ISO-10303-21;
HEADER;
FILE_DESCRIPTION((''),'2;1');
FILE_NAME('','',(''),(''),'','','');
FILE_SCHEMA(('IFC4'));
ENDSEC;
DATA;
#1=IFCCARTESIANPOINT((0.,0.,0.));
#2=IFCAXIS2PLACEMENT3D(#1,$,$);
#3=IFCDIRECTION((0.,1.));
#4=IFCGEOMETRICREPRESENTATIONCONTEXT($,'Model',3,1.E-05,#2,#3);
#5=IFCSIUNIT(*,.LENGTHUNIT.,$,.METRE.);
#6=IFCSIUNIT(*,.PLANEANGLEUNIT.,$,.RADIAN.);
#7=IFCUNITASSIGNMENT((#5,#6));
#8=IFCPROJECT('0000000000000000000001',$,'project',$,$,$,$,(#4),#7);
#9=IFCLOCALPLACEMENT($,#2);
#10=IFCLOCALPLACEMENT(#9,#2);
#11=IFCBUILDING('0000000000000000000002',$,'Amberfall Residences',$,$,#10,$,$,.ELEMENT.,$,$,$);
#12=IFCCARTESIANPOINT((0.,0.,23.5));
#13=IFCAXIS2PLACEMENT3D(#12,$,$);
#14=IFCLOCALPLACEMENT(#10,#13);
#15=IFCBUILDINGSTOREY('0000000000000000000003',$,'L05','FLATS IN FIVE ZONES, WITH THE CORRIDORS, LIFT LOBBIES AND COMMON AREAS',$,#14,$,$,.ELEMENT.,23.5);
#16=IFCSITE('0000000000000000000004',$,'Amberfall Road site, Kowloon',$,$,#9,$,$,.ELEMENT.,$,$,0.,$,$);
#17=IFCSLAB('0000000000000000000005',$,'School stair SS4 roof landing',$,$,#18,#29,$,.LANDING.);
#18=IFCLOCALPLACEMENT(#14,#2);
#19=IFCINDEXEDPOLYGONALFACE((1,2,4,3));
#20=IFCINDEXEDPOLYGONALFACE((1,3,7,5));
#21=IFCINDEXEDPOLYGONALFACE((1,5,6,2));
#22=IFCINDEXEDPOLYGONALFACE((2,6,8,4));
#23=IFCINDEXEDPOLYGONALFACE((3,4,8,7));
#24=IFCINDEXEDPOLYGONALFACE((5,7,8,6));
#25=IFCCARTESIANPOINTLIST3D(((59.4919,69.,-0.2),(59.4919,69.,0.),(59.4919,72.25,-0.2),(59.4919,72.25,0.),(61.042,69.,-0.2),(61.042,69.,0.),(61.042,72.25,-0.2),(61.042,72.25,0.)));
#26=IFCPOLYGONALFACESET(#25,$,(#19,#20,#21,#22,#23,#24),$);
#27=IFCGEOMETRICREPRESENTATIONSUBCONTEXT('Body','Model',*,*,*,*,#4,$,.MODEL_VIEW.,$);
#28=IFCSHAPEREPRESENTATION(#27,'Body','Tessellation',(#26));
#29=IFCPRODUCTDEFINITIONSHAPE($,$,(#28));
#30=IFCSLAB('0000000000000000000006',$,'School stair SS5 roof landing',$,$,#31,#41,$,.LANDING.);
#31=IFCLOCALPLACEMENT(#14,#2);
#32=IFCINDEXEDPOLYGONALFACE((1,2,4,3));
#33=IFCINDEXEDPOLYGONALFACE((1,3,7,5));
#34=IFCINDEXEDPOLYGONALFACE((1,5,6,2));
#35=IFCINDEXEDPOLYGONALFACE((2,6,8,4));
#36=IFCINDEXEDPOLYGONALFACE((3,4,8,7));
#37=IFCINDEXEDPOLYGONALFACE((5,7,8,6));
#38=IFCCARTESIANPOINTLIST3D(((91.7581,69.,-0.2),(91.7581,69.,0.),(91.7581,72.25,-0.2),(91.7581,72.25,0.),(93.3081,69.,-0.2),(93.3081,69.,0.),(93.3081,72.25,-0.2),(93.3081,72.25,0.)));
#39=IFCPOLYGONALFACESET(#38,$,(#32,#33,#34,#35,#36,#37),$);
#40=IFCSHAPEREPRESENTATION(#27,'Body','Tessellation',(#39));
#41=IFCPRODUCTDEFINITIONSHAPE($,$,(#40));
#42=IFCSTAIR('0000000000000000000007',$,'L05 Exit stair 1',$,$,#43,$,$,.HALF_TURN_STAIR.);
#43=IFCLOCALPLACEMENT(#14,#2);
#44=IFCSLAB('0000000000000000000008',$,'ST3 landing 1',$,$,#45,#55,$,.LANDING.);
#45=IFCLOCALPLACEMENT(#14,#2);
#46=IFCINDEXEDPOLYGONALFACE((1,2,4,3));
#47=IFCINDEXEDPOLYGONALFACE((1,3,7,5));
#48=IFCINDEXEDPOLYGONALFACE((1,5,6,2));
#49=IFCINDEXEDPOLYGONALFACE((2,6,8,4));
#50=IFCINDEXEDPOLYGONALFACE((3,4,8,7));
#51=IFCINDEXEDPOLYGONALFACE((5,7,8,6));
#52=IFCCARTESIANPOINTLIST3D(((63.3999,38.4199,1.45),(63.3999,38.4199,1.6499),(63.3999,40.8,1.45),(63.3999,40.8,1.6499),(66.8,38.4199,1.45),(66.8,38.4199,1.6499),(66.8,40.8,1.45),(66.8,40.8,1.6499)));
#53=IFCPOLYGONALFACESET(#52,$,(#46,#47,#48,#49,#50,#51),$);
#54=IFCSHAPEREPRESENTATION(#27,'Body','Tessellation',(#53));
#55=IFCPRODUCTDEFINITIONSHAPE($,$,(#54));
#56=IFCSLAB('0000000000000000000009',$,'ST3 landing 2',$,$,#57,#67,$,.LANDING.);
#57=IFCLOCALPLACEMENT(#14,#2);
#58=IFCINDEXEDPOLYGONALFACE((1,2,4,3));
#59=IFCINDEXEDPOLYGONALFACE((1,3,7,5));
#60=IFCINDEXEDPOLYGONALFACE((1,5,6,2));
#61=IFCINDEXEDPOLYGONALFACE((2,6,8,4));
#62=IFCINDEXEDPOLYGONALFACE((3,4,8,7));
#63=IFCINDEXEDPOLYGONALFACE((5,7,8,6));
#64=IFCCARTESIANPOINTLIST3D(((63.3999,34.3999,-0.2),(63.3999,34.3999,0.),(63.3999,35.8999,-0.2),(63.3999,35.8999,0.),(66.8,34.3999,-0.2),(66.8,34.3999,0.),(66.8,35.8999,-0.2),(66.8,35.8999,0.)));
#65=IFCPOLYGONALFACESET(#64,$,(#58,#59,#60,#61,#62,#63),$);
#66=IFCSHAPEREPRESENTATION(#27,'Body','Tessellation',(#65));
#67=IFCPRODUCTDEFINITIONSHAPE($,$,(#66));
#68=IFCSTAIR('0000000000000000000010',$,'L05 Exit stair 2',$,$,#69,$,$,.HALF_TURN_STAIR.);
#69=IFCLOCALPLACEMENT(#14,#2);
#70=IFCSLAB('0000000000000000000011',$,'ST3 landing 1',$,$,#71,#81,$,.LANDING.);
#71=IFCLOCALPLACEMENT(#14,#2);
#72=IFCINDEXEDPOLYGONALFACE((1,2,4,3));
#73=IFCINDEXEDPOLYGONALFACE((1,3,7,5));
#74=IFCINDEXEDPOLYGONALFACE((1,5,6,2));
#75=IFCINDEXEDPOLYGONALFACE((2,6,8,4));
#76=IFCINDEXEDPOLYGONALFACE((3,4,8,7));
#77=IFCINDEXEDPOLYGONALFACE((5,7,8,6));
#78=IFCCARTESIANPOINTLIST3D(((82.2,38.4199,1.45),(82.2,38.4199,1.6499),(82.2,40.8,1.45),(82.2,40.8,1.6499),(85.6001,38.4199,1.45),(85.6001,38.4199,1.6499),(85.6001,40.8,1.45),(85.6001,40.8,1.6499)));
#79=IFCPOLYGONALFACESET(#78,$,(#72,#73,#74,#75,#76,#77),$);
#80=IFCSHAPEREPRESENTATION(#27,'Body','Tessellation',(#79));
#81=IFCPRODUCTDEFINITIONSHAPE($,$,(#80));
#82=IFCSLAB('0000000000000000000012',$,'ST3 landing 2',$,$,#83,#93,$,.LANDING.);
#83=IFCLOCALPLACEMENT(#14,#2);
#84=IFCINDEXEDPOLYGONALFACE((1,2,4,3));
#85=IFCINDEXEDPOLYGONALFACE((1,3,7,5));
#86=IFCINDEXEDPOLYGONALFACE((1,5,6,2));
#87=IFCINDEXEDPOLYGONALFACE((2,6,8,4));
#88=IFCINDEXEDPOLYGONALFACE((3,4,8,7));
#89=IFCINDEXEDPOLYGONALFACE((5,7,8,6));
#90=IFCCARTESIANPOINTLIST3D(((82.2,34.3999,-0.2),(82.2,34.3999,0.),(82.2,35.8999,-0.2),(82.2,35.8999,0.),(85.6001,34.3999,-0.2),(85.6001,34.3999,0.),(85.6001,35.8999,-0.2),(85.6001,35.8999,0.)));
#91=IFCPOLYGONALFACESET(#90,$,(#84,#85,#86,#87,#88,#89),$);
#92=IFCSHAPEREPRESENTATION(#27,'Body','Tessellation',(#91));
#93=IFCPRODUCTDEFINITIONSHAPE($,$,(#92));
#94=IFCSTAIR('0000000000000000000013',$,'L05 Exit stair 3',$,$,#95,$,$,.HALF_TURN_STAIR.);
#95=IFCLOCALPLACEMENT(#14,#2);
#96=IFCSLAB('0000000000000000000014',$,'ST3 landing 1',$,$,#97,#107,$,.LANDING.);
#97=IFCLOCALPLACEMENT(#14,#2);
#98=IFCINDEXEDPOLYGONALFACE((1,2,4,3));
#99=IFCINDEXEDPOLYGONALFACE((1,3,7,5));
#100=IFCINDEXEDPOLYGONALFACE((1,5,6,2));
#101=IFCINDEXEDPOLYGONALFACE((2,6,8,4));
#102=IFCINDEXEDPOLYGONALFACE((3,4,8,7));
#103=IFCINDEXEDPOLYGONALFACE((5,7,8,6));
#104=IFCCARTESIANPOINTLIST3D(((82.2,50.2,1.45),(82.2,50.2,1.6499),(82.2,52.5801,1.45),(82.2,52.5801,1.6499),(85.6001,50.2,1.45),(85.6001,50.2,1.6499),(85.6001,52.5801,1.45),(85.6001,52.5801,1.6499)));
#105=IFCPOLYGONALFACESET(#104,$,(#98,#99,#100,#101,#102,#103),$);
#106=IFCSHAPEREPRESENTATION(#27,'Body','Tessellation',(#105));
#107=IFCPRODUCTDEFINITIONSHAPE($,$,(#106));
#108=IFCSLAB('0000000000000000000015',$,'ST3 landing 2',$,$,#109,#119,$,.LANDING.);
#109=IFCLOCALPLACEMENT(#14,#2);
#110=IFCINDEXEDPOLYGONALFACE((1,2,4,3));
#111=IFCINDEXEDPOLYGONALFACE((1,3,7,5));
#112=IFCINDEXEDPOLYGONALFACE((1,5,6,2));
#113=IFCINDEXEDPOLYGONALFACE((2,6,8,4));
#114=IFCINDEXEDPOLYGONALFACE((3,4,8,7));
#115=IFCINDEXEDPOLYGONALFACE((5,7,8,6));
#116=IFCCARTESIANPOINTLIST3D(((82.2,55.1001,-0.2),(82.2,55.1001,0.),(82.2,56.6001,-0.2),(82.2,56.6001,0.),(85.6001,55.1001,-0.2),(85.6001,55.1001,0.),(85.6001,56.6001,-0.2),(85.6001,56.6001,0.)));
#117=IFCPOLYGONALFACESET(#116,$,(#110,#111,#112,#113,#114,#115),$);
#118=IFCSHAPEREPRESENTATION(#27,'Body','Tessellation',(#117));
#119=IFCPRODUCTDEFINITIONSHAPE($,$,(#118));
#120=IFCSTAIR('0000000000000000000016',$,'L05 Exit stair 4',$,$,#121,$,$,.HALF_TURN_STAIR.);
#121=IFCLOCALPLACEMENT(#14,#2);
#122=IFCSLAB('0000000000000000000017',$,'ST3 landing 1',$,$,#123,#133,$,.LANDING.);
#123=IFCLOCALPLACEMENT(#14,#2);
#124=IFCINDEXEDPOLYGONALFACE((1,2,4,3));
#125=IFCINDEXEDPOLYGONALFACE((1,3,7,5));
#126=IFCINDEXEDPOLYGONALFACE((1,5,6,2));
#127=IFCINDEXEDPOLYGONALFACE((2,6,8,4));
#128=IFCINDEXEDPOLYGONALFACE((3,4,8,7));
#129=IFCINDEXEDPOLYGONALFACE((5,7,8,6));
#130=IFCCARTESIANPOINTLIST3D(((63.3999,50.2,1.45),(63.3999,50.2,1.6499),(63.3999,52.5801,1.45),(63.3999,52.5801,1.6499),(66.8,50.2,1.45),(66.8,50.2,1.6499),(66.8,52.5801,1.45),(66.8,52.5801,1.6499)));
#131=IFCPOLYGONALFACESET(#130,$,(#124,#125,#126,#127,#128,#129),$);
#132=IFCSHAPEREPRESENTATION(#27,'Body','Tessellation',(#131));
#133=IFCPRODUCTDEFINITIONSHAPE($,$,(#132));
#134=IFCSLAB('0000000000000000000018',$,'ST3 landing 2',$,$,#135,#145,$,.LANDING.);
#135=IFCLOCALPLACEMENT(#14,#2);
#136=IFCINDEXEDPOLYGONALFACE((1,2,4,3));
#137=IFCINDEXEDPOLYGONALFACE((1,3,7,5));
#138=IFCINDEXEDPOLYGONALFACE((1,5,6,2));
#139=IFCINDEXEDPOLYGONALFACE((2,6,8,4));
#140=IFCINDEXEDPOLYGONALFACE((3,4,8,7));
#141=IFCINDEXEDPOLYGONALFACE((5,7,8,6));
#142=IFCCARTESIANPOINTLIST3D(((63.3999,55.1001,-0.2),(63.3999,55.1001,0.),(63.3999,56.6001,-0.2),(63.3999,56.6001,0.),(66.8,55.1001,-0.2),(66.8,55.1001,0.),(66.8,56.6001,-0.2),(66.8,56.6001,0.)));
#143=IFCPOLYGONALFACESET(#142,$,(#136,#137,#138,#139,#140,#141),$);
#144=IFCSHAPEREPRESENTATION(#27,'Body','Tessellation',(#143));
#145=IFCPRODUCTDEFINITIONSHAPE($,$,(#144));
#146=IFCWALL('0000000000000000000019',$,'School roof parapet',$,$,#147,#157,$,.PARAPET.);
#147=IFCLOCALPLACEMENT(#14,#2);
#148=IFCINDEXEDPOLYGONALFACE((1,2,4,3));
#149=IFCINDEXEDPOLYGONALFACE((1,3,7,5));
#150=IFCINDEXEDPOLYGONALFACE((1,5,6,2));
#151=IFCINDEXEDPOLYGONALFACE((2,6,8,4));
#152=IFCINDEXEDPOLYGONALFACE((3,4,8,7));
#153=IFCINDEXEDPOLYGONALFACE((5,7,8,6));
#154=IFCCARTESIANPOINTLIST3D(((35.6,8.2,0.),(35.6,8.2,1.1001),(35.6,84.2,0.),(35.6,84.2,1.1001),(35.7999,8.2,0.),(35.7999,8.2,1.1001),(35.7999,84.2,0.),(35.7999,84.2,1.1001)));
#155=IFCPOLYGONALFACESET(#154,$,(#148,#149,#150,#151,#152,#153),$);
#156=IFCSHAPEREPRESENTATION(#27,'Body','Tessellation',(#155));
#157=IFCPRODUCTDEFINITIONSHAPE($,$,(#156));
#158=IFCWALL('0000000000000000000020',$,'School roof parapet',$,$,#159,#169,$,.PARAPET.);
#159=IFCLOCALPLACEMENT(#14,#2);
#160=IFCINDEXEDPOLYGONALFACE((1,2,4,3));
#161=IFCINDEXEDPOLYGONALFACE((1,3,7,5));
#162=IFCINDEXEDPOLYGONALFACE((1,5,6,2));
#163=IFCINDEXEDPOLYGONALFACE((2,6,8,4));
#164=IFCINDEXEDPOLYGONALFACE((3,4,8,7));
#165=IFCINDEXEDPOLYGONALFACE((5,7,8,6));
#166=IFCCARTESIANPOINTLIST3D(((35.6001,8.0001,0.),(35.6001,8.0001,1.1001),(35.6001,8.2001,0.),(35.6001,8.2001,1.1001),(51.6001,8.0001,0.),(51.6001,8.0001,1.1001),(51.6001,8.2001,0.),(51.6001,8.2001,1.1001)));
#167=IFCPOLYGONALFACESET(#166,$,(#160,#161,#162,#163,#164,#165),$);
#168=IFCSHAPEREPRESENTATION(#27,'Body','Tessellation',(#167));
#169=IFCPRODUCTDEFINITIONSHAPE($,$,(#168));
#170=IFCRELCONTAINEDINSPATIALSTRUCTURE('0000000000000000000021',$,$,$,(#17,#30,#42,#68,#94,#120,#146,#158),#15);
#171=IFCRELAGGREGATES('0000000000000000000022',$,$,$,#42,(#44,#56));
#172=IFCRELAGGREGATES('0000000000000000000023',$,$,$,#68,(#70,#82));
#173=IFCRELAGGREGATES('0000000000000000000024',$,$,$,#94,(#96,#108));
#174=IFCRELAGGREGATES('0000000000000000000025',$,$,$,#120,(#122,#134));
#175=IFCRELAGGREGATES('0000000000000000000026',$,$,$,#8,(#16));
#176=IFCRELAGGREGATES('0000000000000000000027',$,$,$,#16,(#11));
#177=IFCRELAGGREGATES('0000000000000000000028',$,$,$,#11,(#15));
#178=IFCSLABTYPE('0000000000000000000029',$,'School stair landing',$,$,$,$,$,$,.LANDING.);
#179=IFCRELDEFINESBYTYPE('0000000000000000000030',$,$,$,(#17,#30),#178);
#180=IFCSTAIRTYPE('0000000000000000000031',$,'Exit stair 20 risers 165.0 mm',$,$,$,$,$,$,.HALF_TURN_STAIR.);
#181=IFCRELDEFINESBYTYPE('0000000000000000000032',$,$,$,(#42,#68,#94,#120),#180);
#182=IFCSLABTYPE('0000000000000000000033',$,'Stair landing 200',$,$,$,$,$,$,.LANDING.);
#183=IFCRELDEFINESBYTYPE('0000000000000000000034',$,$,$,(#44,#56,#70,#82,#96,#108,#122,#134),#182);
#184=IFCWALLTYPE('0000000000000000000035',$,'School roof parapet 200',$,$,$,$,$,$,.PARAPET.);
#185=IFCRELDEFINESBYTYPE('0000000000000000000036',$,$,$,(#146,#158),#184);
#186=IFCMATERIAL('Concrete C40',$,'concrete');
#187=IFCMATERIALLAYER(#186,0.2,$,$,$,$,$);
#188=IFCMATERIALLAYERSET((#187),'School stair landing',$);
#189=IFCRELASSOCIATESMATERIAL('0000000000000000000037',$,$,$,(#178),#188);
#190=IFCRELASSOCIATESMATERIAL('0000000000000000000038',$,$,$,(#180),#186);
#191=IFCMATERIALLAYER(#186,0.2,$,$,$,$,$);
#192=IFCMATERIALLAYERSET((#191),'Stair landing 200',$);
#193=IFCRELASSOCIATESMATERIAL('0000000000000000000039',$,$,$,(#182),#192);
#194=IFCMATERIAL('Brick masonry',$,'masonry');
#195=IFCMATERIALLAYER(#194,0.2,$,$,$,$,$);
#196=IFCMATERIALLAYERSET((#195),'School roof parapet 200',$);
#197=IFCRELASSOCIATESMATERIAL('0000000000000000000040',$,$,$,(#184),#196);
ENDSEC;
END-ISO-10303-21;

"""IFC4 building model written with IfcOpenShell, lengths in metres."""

from ifc_helpers import new_model, si_unit, direction, frame, frame_2d, origin, place, context, subcontext, project, spatial, polyline, rectangle, outline, extrude, material, layer, layer_set, type_object, element, aggregate, save


model = new_model("IFC4")

# Units and contexts
model_context = context("Model", 3, precision=1e-05, world=origin(), true_north=direction((0.0, 1.0)))
body_context = subcontext(model_context, "Body", "Model", "MODEL_VIEW")
ifc_project = project(units=[si_unit("LENGTHUNIT", "METRE"), si_unit("PLANEANGLEUNIT", "RADIAN")], contexts=[model_context])

# Site, building, storey
site_placement = place(None, origin())
site = spatial("IfcSite", under=ifc_project, at=site_placement, Name="Amberfall Road site, Kowloon", CompositionType="ELEMENT", RefElevation=0.0)
building_placement = place(site_placement, origin())
building = spatial("IfcBuilding", under=site, at=building_placement, Name="Amberfall Residences", CompositionType="ELEMENT")
storey_placement = place(building_placement, frame((0.0, 0.0, 23.5)))
storey = spatial("IfcBuildingStorey", under=building, at=storey_placement, Name="L05", Description="FLATS IN FIVE ZONES, WITH THE CORRIDORS, LIFT LOBBIES AND COMMON AREAS", CompositionType="ELEMENT", Elevation=23.5)

# Slabs
ifc_material_1 = material(Name="Concrete C40", Category="concrete")
ifc_layer_1 = layer(ifc_material_1, 0.2)
ifc_layer_set_1 = layer_set([ifc_layer_1], Name="School stair landing")
slab_type_1 = type_object("IfcSlabType", Name="School stair landing", PredefinedType="LANDING", material=ifc_layer_set_1)
slab_1_placement = place(storey_placement, frame((0.0, 0.0, -0.2)))
element("IfcSlab", 1, at=slab_1_placement, inside=storey, type_object=slab_type_1, Name="School stair SS4 roof landing", PredefinedType="LANDING", context=body_context, shape_type="SweptSolid", body=[
    extrude(outline(polyline([(59.4919, 69.0), (61.042, 69.0), (61.042, 72.25), (59.4919, 72.25), (59.4919, 69.0)])), origin(), (0.0, 0.0, 1.0), 0.2),
])
slab_2_placement = place(storey_placement, frame((0.0, 0.0, -0.2)))
element("IfcSlab", 2, at=slab_2_placement, inside=storey, type_object=slab_type_1, Name="School stair SS5 roof landing", PredefinedType="LANDING", context=body_context, shape_type="SweptSolid", body=[
    extrude(outline(polyline([(91.7581, 69.0), (93.3081, 69.0), (93.3081, 72.25), (91.7581, 72.25), (91.7581, 69.0)])), origin(), (0.0, 0.0, 1.0), 0.2),
])

# Stairs, slabs
stair_type = type_object("IfcStairType", Name="Exit stair 20 risers 165.0 mm", PredefinedType="HALF_TURN_STAIR", material=ifc_material_1)
stair_1_placement = place(storey_placement, origin())
stair_1 = element("IfcStair", 3, at=stair_1_placement, inside=storey, type_object=stair_type, Name="L05 Exit stair 1", PredefinedType="HALF_TURN_STAIR")
ifc_layer_2 = layer(ifc_material_1, 0.2)
ifc_layer_set_2 = layer_set([ifc_layer_2], Name="Stair landing 200")
slab_type_2 = type_object("IfcSlabType", Name="Stair landing 200", PredefinedType="LANDING", material=ifc_layer_set_2)
slab_3_placement = place(storey_placement, frame((0.0, 0.0, 1.45)))
slab_3 = element("IfcSlab", 4, at=slab_3_placement, type_object=slab_type_2, Name="ST3 landing 1", PredefinedType="LANDING", context=body_context, shape_type="SweptSolid", body=[
    extrude(outline(polyline([(66.8, 38.4199), (66.8, 40.8), (63.3999, 40.8), (63.3999, 38.4199), (66.8, 38.4199)])), origin(), (0.0, 0.0, 1.0), 0.2),
])
slab_4_placement = place(storey_placement, frame((0.0, 0.0, -0.2)))
slab_4 = element("IfcSlab", 5, at=slab_4_placement, type_object=slab_type_2, Name="ST3 landing 2", PredefinedType="LANDING", context=body_context, shape_type="SweptSolid", body=[
    extrude(outline(polyline([(66.8, 34.3999), (66.8, 35.8999), (63.3999, 35.8999), (63.3999, 34.3999), (66.8, 34.3999)])), origin(), (0.0, 0.0, 1.0), 0.2),
])
aggregate(stair_1, [slab_3, slab_4])
stair_2_placement = place(storey_placement, origin())
stair_2 = element("IfcStair", 6, at=stair_2_placement, inside=storey, type_object=stair_type, Name="L05 Exit stair 2", PredefinedType="HALF_TURN_STAIR")
slab_5_placement = place(storey_placement, frame((0.0, 0.0, 1.45)))
slab_5 = element("IfcSlab", 7, at=slab_5_placement, type_object=slab_type_2, Name="ST3 landing 1", PredefinedType="LANDING", context=body_context, shape_type="SweptSolid", body=[
    extrude(outline(polyline([(85.6001, 38.4199), (85.6001, 40.8), (82.2, 40.8), (82.2, 38.4199), (85.6001, 38.4199)])), origin(), (0.0, 0.0, 1.0), 0.2),
])
slab_6_placement = place(storey_placement, frame((0.0, 0.0, -0.2)))
slab_6 = element("IfcSlab", 8, at=slab_6_placement, type_object=slab_type_2, Name="ST3 landing 2", PredefinedType="LANDING", context=body_context, shape_type="SweptSolid", body=[
    extrude(outline(polyline([(85.6001, 34.3999), (85.6001, 35.8999), (82.2, 35.8999), (82.2, 34.3999), (85.6001, 34.3999)])), origin(), (0.0, 0.0, 1.0), 0.2),
])
aggregate(stair_2, [slab_5, slab_6])
stair_3_placement = place(storey_placement, origin())
stair_3 = element("IfcStair", 9, at=stair_3_placement, inside=storey, type_object=stair_type, Name="L05 Exit stair 3", PredefinedType="HALF_TURN_STAIR")
slab_7_placement = place(storey_placement, frame((0.0, 0.0, 1.45)))
slab_7 = element("IfcSlab", 10, at=slab_7_placement, type_object=slab_type_2, Name="ST3 landing 1", PredefinedType="LANDING", context=body_context, shape_type="SweptSolid", body=[
    extrude(outline(polyline([(82.2, 52.5801), (82.2, 50.2), (85.6001, 50.2), (85.6001, 52.5801), (82.2, 52.5801)])), origin(), (0.0, 0.0, 1.0), 0.2),
])
slab_8_placement = place(storey_placement, frame((0.0, 0.0, -0.2)))
slab_8 = element("IfcSlab", 11, at=slab_8_placement, type_object=slab_type_2, Name="ST3 landing 2", PredefinedType="LANDING", context=body_context, shape_type="SweptSolid", body=[
    extrude(outline(polyline([(82.2, 56.6001), (82.2, 55.1001), (85.6001, 55.1001), (85.6001, 56.6001), (82.2, 56.6001)])), origin(), (0.0, 0.0, 1.0), 0.2),
])
aggregate(stair_3, [slab_7, slab_8])
stair_4_placement = place(storey_placement, origin())
stair_4 = element("IfcStair", 12, at=stair_4_placement, inside=storey, type_object=stair_type, Name="L05 Exit stair 4", PredefinedType="HALF_TURN_STAIR")
slab_9_placement = place(storey_placement, frame((0.0, 0.0, 1.45)))
slab_9 = element("IfcSlab", 13, at=slab_9_placement, type_object=slab_type_2, Name="ST3 landing 1", PredefinedType="LANDING", context=body_context, shape_type="SweptSolid", body=[
    extrude(outline(polyline([(63.3999, 52.5801), (63.3999, 50.2), (66.8, 50.2), (66.8, 52.5801), (63.3999, 52.5801)])), origin(), (0.0, 0.0, 1.0), 0.2),
])
slab_10_placement = place(storey_placement, frame((0.0, 0.0, -0.2)))
slab_10 = element("IfcSlab", 14, at=slab_10_placement, type_object=slab_type_2, Name="ST3 landing 2", PredefinedType="LANDING", context=body_context, shape_type="SweptSolid", body=[
    extrude(outline(polyline([(63.3999, 56.6001), (63.3999, 55.1001), (66.8, 55.1001), (66.8, 56.6001), (63.3999, 56.6001)])), origin(), (0.0, 0.0, 1.0), 0.2),
])
aggregate(stair_4, [slab_9, slab_10])

# Walls
ifc_material_2 = material(Name="Brick masonry", Category="masonry")
ifc_layer_3 = layer(ifc_material_2, 0.2)
ifc_layer_set_3 = layer_set([ifc_layer_3], Name="School roof parapet 200")
wall_type = type_object("IfcWallType", Name="School roof parapet 200", PredefinedType="PARAPET", material=ifc_layer_set_3)
wall_1_placement = place(storey_placement, frame((35.7, 8.2, 0.0), z_axis=(0.0, 0.0, 1.0), x_axis=(0.0, 1.0, 0.0)))
element("IfcWall", 15, at=wall_1_placement, inside=storey, type_object=wall_type, Name="School roof parapet", PredefinedType="PARAPET", context=body_context, shape_type="SweptSolid", body=[
    extrude(rectangle(XDim=76.0, YDim=0.2, at=frame_2d((38.0, 0.0))), origin(), (0.0, 0.0, 1.0), 1.1001),
])
wall_2_placement = place(storey_placement, frame((35.6001, 8.1001, 0.0), z_axis=(0.0, 0.0, 1.0), x_axis=(1.0, 0.0, 0.0)))
element("IfcWall", 16, at=wall_2_placement, inside=storey, type_object=wall_type, Name="School roof parapet", PredefinedType="PARAPET", context=body_context, shape_type="SweptSolid", body=[
    extrude(rectangle(XDim=16.0, YDim=0.2, at=frame_2d((8.0, 0.0))), origin(), (0.0, 0.0, 1.0), 1.1001),
])

save(model, "model.ifc")
